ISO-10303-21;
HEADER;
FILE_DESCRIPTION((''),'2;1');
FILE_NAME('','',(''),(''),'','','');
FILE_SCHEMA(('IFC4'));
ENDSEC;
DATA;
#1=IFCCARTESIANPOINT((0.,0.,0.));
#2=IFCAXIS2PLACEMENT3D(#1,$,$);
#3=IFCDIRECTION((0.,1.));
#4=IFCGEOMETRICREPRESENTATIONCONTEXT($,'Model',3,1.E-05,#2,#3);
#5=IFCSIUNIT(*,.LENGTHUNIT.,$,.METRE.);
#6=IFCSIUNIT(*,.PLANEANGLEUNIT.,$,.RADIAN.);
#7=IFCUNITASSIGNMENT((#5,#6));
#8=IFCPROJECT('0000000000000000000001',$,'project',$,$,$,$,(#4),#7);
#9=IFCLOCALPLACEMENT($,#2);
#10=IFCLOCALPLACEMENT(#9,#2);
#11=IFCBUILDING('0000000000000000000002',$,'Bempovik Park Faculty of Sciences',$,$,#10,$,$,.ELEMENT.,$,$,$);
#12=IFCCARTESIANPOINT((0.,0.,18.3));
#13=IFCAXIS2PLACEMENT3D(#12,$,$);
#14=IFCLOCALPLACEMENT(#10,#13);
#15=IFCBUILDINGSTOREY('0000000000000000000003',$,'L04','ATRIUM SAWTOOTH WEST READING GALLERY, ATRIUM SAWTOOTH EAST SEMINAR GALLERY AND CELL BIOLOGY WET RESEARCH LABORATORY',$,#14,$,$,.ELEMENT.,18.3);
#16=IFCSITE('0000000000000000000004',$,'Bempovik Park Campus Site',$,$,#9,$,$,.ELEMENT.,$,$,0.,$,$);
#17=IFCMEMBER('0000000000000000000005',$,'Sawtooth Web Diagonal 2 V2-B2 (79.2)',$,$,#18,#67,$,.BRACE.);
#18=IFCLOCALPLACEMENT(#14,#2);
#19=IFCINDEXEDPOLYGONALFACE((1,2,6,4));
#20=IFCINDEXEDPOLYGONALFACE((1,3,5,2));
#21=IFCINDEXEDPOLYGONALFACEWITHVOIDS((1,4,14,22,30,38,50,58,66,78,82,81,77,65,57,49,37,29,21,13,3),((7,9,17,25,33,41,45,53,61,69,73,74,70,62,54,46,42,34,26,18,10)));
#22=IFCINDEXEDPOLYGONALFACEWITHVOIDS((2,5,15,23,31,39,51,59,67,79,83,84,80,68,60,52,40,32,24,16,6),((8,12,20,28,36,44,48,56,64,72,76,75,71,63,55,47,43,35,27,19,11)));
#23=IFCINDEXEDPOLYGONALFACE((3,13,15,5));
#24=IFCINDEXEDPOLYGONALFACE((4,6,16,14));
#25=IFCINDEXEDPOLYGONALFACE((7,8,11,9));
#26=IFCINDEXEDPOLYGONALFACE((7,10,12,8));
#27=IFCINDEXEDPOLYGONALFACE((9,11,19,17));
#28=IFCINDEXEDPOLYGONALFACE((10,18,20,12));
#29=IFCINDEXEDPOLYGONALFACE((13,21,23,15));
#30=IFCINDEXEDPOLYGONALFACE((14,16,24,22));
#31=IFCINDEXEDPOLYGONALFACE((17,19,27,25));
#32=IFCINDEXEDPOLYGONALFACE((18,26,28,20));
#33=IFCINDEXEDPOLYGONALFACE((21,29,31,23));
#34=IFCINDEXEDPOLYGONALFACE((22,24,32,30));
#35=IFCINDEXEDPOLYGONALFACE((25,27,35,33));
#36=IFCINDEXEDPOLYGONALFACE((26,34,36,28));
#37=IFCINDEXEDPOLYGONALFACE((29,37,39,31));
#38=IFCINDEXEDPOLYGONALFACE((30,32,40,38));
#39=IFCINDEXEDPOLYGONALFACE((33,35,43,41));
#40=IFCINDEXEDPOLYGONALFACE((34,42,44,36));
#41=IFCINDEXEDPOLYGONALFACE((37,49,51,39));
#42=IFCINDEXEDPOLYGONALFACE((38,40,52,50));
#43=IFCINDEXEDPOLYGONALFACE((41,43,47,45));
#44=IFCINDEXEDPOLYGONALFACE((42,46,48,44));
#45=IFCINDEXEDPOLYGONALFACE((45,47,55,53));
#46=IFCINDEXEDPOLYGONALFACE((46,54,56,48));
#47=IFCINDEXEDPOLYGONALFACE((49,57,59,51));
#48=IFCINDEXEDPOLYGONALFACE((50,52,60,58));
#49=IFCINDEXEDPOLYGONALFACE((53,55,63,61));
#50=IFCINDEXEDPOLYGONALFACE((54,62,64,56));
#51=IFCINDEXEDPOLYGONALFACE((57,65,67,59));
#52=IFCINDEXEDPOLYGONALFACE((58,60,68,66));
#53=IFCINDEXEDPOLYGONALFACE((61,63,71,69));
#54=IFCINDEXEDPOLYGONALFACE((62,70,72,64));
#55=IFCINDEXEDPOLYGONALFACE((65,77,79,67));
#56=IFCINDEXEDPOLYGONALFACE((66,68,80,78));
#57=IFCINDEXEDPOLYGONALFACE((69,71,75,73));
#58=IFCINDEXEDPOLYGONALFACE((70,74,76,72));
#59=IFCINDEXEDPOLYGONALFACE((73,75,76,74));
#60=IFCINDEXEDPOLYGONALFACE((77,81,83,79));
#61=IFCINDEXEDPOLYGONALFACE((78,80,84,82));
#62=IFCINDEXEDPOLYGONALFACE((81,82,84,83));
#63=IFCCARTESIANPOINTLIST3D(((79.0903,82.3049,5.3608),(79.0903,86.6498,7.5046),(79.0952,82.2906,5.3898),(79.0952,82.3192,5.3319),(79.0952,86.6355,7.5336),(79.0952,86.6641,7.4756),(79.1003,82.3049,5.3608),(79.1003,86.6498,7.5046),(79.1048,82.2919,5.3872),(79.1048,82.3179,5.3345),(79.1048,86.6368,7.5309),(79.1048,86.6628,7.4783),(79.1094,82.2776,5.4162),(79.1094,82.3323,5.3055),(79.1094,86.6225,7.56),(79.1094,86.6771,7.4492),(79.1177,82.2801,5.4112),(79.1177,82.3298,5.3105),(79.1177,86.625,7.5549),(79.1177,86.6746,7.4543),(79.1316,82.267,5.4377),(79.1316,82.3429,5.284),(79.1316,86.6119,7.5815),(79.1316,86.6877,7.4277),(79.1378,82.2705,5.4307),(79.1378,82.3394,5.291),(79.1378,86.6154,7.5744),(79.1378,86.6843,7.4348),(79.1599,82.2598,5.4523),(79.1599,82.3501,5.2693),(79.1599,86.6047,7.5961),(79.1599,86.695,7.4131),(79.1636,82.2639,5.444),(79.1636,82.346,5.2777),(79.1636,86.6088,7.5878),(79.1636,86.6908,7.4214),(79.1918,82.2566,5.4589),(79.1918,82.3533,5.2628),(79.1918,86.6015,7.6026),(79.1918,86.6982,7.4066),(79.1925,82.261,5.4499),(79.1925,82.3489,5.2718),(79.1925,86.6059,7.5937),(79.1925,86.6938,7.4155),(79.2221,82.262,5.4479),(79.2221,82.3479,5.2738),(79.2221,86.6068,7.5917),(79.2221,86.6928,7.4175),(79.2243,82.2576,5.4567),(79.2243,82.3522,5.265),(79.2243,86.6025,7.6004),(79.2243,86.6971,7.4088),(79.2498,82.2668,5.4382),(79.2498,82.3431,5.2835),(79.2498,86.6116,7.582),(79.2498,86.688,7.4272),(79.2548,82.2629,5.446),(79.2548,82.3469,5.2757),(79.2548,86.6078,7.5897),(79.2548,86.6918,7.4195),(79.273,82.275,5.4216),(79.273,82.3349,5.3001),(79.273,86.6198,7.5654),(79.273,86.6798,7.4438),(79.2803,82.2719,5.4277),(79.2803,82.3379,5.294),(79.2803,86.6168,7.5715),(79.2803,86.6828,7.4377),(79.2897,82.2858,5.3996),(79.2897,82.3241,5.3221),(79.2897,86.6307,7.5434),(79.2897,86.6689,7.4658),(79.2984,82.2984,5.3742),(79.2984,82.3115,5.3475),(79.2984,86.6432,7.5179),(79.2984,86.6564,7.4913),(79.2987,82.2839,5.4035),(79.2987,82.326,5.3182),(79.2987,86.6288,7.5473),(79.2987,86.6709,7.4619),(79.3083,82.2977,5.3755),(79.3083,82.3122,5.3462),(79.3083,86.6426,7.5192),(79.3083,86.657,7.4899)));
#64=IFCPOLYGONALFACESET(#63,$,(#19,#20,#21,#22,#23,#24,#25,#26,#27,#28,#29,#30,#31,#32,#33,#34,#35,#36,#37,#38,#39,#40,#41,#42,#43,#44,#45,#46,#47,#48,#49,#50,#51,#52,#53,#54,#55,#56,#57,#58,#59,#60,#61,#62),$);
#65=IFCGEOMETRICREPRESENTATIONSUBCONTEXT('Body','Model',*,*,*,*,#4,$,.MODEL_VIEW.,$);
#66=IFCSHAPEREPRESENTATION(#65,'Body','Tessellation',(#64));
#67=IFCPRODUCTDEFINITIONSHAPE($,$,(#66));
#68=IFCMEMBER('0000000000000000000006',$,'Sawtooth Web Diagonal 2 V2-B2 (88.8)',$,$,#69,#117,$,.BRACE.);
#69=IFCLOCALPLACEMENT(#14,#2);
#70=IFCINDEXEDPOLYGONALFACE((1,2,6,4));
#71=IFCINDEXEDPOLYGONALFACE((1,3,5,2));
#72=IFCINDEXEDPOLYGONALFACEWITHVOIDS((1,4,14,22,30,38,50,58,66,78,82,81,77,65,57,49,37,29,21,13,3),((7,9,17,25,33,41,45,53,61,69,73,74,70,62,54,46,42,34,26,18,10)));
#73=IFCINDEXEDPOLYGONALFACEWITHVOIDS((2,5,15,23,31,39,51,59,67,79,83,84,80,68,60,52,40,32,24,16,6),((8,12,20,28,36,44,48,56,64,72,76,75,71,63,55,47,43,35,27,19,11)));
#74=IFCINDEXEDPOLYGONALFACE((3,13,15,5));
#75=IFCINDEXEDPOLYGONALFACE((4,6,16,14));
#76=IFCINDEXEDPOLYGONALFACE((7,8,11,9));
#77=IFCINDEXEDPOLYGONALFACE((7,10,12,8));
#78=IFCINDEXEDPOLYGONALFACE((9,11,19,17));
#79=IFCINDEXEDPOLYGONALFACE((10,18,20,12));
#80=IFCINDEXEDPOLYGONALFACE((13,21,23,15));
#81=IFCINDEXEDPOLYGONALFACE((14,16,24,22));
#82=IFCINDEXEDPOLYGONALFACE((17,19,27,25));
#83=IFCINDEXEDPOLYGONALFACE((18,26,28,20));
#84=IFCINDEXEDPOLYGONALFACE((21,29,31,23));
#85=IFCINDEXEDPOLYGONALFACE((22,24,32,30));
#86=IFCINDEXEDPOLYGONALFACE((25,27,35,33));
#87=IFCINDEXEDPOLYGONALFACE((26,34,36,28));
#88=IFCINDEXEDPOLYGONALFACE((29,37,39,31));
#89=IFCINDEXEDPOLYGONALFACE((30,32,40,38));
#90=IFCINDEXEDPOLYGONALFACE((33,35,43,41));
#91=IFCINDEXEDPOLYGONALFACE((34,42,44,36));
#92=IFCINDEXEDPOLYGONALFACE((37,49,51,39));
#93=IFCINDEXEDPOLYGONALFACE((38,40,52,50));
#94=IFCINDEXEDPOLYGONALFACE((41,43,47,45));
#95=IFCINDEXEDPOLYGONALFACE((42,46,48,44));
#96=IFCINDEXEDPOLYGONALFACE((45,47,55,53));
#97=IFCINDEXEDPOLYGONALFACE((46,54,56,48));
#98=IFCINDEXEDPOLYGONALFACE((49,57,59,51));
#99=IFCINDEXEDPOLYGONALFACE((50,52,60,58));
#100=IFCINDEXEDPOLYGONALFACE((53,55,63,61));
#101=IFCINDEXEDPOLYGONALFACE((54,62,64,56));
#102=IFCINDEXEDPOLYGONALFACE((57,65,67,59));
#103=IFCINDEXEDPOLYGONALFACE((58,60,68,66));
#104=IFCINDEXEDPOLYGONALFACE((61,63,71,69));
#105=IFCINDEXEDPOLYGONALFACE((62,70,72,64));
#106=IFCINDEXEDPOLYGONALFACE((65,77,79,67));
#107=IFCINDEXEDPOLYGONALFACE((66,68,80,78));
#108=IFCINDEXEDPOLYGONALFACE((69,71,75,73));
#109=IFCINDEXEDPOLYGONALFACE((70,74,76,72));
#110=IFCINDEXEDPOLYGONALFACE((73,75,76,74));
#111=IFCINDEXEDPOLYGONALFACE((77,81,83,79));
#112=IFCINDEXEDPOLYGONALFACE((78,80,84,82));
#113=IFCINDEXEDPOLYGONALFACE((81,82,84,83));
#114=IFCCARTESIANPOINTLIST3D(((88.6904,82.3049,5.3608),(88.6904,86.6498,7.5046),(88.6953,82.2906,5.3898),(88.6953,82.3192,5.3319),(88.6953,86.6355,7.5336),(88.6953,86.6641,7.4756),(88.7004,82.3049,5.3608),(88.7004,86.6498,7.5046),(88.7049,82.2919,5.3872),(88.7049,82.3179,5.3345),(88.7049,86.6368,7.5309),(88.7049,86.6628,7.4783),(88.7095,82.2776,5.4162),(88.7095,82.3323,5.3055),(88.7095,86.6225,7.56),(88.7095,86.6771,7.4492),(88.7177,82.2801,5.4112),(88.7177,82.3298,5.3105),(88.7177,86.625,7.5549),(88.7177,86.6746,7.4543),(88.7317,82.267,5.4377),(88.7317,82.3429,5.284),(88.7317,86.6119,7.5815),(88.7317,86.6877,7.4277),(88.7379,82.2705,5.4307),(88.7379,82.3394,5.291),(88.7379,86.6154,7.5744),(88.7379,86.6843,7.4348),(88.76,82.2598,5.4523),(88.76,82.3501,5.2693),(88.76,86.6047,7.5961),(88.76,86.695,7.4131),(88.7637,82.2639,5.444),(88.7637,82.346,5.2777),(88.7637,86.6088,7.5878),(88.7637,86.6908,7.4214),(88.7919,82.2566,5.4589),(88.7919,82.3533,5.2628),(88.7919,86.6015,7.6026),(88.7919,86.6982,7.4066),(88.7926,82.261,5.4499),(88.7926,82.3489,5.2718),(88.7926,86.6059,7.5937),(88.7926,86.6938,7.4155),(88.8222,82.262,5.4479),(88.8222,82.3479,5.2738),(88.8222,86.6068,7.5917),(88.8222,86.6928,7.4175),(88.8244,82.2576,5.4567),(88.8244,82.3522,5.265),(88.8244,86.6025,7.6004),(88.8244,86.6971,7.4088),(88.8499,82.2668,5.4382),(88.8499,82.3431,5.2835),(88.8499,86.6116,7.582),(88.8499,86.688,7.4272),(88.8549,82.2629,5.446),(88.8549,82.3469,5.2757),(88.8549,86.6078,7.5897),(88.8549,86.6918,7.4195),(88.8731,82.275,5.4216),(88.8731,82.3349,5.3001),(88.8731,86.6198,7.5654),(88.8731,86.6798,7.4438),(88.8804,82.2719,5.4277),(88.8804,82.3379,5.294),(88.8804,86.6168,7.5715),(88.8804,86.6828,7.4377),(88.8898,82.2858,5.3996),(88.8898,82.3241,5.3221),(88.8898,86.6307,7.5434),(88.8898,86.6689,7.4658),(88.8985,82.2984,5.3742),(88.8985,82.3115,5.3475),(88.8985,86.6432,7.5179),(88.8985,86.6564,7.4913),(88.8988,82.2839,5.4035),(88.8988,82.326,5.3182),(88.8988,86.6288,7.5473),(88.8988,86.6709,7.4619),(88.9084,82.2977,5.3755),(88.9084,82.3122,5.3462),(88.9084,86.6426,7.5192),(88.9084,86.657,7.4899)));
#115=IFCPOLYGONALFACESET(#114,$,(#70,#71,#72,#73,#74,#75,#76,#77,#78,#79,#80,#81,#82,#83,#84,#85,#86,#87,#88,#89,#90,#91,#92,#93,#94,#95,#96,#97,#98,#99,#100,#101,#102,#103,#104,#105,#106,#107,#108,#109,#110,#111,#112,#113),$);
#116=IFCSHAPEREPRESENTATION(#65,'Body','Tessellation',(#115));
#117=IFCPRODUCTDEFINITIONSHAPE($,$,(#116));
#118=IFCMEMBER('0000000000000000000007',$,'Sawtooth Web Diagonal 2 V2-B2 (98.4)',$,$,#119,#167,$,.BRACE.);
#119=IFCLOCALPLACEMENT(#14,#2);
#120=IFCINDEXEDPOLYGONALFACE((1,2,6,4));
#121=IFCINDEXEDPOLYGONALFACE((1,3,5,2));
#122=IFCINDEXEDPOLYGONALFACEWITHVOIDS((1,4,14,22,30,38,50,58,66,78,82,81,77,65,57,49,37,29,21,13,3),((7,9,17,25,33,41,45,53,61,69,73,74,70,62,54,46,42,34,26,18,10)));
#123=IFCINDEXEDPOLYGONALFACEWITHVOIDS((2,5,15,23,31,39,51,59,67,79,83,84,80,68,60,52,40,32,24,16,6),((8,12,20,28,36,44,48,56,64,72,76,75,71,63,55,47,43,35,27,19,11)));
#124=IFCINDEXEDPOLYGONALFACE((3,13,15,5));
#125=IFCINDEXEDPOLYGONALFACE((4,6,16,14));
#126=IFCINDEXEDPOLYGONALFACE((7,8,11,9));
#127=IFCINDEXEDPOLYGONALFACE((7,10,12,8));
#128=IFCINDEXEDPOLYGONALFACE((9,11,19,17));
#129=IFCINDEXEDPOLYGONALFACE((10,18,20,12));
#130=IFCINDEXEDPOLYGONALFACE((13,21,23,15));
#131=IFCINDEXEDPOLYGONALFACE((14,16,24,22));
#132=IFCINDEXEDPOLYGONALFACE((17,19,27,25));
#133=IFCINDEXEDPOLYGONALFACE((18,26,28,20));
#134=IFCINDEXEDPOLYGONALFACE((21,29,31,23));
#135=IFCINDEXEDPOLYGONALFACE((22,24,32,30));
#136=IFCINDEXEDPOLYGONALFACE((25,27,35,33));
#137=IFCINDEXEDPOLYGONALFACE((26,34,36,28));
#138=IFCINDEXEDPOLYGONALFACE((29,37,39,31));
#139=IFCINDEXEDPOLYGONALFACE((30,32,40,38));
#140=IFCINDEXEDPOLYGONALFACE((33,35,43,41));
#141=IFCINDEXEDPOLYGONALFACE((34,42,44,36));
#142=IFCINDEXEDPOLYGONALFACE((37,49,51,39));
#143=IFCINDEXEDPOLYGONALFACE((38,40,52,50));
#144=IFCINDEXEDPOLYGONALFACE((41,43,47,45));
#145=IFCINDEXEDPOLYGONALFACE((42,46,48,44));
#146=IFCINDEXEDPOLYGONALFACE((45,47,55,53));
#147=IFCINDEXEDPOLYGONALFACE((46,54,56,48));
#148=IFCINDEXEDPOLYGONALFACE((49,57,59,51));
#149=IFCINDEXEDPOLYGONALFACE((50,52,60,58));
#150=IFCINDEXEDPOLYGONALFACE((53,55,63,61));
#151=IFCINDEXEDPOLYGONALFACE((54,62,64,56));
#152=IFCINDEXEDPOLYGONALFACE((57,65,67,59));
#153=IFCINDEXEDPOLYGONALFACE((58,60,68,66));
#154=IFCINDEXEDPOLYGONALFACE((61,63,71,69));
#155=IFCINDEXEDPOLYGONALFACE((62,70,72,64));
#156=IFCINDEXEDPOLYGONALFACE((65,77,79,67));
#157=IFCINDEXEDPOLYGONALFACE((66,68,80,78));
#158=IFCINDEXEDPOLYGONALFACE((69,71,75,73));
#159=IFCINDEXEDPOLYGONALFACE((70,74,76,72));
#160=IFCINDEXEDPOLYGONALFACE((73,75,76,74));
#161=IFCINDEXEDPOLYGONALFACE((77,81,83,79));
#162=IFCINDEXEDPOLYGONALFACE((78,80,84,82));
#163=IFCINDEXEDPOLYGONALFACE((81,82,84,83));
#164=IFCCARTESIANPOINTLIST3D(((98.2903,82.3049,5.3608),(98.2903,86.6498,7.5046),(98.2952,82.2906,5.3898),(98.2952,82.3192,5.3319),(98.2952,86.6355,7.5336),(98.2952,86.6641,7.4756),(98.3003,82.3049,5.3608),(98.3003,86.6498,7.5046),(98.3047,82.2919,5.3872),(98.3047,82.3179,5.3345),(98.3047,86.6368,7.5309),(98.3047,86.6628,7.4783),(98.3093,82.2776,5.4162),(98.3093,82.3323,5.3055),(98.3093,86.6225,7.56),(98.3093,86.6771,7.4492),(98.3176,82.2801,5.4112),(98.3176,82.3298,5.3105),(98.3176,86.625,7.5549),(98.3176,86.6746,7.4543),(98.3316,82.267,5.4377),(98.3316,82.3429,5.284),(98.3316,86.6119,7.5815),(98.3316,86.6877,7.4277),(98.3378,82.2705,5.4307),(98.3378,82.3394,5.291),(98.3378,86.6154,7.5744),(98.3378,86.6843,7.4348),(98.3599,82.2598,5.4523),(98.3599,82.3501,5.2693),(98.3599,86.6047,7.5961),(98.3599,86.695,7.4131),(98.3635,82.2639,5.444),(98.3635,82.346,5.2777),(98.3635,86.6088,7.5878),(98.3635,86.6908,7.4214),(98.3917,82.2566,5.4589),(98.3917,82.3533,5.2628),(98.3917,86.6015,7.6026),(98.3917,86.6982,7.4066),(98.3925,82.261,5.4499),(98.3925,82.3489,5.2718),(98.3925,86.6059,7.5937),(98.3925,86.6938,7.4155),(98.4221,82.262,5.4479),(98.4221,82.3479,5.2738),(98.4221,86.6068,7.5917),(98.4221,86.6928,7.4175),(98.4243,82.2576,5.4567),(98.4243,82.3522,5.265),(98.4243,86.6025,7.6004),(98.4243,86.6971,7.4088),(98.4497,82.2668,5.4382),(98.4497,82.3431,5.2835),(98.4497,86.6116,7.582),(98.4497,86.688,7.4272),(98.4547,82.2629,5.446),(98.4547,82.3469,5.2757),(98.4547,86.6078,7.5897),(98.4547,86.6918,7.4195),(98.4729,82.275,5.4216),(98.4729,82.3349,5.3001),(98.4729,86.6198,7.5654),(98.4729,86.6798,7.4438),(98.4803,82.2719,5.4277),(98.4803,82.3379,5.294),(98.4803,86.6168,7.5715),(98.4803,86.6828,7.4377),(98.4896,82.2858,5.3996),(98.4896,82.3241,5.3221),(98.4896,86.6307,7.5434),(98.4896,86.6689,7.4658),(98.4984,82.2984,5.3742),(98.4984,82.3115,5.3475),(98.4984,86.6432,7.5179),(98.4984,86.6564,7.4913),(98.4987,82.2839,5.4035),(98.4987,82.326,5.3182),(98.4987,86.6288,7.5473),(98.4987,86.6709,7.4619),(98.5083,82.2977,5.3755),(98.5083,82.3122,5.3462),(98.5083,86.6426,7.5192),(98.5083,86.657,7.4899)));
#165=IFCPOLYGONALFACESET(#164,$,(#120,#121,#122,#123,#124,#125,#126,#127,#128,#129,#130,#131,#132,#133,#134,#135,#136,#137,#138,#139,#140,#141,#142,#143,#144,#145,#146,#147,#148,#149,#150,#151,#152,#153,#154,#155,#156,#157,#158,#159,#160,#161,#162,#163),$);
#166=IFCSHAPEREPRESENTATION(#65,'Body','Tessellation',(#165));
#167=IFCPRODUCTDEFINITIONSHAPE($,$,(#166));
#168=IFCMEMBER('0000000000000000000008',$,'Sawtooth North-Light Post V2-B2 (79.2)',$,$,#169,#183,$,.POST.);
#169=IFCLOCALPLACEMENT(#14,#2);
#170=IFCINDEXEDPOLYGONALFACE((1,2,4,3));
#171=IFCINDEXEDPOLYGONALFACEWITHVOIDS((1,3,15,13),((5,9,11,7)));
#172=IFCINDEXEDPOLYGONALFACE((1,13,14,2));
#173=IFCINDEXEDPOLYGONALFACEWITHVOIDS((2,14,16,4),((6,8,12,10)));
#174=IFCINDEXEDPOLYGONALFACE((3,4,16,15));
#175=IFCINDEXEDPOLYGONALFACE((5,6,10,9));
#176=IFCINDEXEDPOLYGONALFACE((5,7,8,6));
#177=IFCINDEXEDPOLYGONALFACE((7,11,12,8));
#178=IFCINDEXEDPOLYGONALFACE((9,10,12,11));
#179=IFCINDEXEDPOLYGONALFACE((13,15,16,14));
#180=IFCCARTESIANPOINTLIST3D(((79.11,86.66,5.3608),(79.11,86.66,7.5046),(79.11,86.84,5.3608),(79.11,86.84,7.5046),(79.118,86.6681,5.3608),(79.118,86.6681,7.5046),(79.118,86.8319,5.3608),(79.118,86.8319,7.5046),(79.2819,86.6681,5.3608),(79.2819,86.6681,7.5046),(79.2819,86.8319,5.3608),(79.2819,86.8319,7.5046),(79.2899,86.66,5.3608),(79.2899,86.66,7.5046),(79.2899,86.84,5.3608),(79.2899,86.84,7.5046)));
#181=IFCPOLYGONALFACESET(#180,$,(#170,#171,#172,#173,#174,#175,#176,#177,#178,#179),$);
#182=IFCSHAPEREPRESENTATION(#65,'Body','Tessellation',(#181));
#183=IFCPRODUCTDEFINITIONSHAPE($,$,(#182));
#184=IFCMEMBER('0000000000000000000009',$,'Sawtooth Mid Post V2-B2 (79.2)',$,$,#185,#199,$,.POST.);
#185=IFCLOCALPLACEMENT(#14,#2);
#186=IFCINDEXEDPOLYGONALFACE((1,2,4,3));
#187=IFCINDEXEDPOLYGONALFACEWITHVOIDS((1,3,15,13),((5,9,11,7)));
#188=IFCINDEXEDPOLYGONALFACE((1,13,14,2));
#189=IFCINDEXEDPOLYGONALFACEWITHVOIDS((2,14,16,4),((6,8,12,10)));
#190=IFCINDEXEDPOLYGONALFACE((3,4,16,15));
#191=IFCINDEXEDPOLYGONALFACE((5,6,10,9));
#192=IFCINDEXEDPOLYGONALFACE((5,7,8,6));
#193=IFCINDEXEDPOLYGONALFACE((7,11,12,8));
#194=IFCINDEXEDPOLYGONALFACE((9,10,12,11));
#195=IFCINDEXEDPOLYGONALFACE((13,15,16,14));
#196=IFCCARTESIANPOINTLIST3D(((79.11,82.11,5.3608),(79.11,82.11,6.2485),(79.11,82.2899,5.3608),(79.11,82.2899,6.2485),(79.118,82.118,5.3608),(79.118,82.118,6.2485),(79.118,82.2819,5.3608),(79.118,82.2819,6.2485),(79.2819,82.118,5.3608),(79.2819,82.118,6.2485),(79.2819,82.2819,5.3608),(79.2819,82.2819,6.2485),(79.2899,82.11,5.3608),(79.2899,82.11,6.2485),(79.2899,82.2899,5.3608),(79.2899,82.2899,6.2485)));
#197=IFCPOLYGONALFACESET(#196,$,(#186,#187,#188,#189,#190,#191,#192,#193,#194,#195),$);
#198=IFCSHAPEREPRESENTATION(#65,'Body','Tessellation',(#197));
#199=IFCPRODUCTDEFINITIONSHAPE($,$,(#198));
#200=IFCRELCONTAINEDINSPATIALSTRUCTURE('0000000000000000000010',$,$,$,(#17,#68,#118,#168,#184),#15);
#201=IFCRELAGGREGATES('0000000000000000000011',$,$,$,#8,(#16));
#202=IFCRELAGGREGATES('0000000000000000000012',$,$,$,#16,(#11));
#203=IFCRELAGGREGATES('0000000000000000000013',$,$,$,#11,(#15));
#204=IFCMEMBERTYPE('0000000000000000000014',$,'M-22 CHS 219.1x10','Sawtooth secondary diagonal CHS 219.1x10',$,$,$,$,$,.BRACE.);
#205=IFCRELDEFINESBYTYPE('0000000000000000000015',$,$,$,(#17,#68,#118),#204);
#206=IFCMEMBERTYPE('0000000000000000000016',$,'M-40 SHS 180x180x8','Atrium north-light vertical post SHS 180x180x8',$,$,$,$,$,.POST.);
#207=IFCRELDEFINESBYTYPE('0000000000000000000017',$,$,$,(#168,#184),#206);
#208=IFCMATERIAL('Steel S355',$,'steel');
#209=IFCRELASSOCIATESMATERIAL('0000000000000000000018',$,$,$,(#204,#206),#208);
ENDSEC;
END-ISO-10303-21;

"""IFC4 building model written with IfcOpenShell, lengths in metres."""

from ifc_helpers import new_model, si_unit, direction, frame, origin, origin_2d, place, context, subcontext, project, spatial, hollow_rectangle, hollow_circle, extrude, material, material_profile, profile_set, type_object, element, save


model = new_model("IFC4")

# Units and contexts
model_context = context("Model", 3, precision=1e-05, world=origin(), true_north=direction((0.0, 1.0)))
body_context = subcontext(model_context, "Body", "Model", "MODEL_VIEW")
ifc_project = project(units=[si_unit("LENGTHUNIT", "METRE"), si_unit("PLANEANGLEUNIT", "RADIAN")], contexts=[model_context])

# Site, building, storey
site_placement = place(None, origin())
site = spatial("IfcSite", under=ifc_project, at=site_placement, Name="Bempovik Park Campus Site", CompositionType="ELEMENT", RefElevation=0.0)
building_placement = place(site_placement, origin())
building = spatial("IfcBuilding", under=site, at=building_placement, Name="Bempovik Park Faculty of Sciences", CompositionType="ELEMENT")
storey_placement = place(building_placement, frame((0.0, 0.0, 18.3)))
storey = spatial("IfcBuildingStorey", under=building, at=storey_placement, Name="L04", Description="ATRIUM SAWTOOTH WEST READING GALLERY, ATRIUM SAWTOOTH EAST SEMINAR GALLERY AND CELL BIOLOGY WET RESEARCH LABORATORY", CompositionType="ELEMENT", Elevation=18.3)

# Members
ifc_material_1 = material(Name="Steel S355", Category="steel")
ifc_material_profile_1 = material_profile(ifc_material_1, hollow_circle(Radius=0.1096, WallThickness=0.01, at=origin_2d()), Name="CHS 219.1x10")
ifc_profile_set_1 = profile_set([ifc_material_profile_1], Name="Steel S355")
member_type_1 = type_object("IfcMemberType", Name="M-22 CHS 219.1x10", Description="Sawtooth secondary diagonal CHS 219.1x10", PredefinedType="BRACE", material=ifc_profile_set_1)
for number, where, z_axis, x_axis, name in (
    (1, (79.2, 82.3049, 5.3608), (0.0, 0.896783, 0.442471), (-1.0, 0.0, 0.0), "Sawtooth Web Diagonal 2 V2-B2 (79.2)"),
    (2, (88.8, 82.3049, 5.3608), (0.0, 0.896783, 0.442471), (-1.0, 0.0, 0.0), "Sawtooth Web Diagonal 2 V2-B2 (88.8)"),
    (3, (98.3999, 82.3049, 5.3608), (0.0, 0.896783, 0.442471), (-1.0, 0.0, 0.0), "Sawtooth Web Diagonal 2 V2-B2 (98.4)"),
):
    element("IfcMember", number, at=place(storey_placement, frame(where, z_axis=z_axis, x_axis=x_axis)), inside=storey, type_object=member_type_1, Name=name, PredefinedType="BRACE", context=body_context, shape_type="SweptSolid", body=[
        extrude(hollow_circle(Radius=0.1096, WallThickness=0.01, at=origin_2d()), origin(), (0.0, 0.0, 1.0), 4.845),
    ])
ifc_material_profile_2 = material_profile(ifc_material_1, hollow_rectangle(XDim=0.1799, YDim=0.1799, WallThickness=0.0081, at=origin_2d()), Name="SHS 180x180x8")
ifc_profile_set_2 = profile_set([ifc_material_profile_2], Name="Steel S355")
member_type_2 = type_object("IfcMemberType", Name="M-40 SHS 180x180x8", Description="Atrium north-light vertical post SHS 180x180x8", PredefinedType="POST", material=ifc_profile_set_2)
member_1_placement = place(storey_placement, frame((79.2, 86.75, 5.3608), z_axis=(0.0, 0.0, 1.0), x_axis=(1.0, 0.0, 0.0)))
element("IfcMember", 4, at=member_1_placement, inside=storey, type_object=member_type_2, Name="Sawtooth North-Light Post V2-B2 (79.2)", PredefinedType="POST", context=body_context, shape_type="SweptSolid", body=[
    extrude(hollow_rectangle(XDim=0.1799, YDim=0.1799, WallThickness=0.0081, at=origin_2d()), origin(), (0.0, 0.0, 1.0), 2.1438),
])
member_2_placement = place(storey_placement, frame((79.2, 82.2, 5.3608), z_axis=(0.0, 0.0, 1.0), x_axis=(1.0, 0.0, 0.0)))
element("IfcMember", 5, at=member_2_placement, inside=storey, type_object=member_type_2, Name="Sawtooth Mid Post V2-B2 (79.2)", PredefinedType="POST", context=body_context, shape_type="SweptSolid", body=[
    extrude(hollow_rectangle(XDim=0.1799, YDim=0.1799, WallThickness=0.0081, at=origin_2d()), origin(), (0.0, 0.0, 1.0), 0.8877),
])

save(model, "model.ifc")
